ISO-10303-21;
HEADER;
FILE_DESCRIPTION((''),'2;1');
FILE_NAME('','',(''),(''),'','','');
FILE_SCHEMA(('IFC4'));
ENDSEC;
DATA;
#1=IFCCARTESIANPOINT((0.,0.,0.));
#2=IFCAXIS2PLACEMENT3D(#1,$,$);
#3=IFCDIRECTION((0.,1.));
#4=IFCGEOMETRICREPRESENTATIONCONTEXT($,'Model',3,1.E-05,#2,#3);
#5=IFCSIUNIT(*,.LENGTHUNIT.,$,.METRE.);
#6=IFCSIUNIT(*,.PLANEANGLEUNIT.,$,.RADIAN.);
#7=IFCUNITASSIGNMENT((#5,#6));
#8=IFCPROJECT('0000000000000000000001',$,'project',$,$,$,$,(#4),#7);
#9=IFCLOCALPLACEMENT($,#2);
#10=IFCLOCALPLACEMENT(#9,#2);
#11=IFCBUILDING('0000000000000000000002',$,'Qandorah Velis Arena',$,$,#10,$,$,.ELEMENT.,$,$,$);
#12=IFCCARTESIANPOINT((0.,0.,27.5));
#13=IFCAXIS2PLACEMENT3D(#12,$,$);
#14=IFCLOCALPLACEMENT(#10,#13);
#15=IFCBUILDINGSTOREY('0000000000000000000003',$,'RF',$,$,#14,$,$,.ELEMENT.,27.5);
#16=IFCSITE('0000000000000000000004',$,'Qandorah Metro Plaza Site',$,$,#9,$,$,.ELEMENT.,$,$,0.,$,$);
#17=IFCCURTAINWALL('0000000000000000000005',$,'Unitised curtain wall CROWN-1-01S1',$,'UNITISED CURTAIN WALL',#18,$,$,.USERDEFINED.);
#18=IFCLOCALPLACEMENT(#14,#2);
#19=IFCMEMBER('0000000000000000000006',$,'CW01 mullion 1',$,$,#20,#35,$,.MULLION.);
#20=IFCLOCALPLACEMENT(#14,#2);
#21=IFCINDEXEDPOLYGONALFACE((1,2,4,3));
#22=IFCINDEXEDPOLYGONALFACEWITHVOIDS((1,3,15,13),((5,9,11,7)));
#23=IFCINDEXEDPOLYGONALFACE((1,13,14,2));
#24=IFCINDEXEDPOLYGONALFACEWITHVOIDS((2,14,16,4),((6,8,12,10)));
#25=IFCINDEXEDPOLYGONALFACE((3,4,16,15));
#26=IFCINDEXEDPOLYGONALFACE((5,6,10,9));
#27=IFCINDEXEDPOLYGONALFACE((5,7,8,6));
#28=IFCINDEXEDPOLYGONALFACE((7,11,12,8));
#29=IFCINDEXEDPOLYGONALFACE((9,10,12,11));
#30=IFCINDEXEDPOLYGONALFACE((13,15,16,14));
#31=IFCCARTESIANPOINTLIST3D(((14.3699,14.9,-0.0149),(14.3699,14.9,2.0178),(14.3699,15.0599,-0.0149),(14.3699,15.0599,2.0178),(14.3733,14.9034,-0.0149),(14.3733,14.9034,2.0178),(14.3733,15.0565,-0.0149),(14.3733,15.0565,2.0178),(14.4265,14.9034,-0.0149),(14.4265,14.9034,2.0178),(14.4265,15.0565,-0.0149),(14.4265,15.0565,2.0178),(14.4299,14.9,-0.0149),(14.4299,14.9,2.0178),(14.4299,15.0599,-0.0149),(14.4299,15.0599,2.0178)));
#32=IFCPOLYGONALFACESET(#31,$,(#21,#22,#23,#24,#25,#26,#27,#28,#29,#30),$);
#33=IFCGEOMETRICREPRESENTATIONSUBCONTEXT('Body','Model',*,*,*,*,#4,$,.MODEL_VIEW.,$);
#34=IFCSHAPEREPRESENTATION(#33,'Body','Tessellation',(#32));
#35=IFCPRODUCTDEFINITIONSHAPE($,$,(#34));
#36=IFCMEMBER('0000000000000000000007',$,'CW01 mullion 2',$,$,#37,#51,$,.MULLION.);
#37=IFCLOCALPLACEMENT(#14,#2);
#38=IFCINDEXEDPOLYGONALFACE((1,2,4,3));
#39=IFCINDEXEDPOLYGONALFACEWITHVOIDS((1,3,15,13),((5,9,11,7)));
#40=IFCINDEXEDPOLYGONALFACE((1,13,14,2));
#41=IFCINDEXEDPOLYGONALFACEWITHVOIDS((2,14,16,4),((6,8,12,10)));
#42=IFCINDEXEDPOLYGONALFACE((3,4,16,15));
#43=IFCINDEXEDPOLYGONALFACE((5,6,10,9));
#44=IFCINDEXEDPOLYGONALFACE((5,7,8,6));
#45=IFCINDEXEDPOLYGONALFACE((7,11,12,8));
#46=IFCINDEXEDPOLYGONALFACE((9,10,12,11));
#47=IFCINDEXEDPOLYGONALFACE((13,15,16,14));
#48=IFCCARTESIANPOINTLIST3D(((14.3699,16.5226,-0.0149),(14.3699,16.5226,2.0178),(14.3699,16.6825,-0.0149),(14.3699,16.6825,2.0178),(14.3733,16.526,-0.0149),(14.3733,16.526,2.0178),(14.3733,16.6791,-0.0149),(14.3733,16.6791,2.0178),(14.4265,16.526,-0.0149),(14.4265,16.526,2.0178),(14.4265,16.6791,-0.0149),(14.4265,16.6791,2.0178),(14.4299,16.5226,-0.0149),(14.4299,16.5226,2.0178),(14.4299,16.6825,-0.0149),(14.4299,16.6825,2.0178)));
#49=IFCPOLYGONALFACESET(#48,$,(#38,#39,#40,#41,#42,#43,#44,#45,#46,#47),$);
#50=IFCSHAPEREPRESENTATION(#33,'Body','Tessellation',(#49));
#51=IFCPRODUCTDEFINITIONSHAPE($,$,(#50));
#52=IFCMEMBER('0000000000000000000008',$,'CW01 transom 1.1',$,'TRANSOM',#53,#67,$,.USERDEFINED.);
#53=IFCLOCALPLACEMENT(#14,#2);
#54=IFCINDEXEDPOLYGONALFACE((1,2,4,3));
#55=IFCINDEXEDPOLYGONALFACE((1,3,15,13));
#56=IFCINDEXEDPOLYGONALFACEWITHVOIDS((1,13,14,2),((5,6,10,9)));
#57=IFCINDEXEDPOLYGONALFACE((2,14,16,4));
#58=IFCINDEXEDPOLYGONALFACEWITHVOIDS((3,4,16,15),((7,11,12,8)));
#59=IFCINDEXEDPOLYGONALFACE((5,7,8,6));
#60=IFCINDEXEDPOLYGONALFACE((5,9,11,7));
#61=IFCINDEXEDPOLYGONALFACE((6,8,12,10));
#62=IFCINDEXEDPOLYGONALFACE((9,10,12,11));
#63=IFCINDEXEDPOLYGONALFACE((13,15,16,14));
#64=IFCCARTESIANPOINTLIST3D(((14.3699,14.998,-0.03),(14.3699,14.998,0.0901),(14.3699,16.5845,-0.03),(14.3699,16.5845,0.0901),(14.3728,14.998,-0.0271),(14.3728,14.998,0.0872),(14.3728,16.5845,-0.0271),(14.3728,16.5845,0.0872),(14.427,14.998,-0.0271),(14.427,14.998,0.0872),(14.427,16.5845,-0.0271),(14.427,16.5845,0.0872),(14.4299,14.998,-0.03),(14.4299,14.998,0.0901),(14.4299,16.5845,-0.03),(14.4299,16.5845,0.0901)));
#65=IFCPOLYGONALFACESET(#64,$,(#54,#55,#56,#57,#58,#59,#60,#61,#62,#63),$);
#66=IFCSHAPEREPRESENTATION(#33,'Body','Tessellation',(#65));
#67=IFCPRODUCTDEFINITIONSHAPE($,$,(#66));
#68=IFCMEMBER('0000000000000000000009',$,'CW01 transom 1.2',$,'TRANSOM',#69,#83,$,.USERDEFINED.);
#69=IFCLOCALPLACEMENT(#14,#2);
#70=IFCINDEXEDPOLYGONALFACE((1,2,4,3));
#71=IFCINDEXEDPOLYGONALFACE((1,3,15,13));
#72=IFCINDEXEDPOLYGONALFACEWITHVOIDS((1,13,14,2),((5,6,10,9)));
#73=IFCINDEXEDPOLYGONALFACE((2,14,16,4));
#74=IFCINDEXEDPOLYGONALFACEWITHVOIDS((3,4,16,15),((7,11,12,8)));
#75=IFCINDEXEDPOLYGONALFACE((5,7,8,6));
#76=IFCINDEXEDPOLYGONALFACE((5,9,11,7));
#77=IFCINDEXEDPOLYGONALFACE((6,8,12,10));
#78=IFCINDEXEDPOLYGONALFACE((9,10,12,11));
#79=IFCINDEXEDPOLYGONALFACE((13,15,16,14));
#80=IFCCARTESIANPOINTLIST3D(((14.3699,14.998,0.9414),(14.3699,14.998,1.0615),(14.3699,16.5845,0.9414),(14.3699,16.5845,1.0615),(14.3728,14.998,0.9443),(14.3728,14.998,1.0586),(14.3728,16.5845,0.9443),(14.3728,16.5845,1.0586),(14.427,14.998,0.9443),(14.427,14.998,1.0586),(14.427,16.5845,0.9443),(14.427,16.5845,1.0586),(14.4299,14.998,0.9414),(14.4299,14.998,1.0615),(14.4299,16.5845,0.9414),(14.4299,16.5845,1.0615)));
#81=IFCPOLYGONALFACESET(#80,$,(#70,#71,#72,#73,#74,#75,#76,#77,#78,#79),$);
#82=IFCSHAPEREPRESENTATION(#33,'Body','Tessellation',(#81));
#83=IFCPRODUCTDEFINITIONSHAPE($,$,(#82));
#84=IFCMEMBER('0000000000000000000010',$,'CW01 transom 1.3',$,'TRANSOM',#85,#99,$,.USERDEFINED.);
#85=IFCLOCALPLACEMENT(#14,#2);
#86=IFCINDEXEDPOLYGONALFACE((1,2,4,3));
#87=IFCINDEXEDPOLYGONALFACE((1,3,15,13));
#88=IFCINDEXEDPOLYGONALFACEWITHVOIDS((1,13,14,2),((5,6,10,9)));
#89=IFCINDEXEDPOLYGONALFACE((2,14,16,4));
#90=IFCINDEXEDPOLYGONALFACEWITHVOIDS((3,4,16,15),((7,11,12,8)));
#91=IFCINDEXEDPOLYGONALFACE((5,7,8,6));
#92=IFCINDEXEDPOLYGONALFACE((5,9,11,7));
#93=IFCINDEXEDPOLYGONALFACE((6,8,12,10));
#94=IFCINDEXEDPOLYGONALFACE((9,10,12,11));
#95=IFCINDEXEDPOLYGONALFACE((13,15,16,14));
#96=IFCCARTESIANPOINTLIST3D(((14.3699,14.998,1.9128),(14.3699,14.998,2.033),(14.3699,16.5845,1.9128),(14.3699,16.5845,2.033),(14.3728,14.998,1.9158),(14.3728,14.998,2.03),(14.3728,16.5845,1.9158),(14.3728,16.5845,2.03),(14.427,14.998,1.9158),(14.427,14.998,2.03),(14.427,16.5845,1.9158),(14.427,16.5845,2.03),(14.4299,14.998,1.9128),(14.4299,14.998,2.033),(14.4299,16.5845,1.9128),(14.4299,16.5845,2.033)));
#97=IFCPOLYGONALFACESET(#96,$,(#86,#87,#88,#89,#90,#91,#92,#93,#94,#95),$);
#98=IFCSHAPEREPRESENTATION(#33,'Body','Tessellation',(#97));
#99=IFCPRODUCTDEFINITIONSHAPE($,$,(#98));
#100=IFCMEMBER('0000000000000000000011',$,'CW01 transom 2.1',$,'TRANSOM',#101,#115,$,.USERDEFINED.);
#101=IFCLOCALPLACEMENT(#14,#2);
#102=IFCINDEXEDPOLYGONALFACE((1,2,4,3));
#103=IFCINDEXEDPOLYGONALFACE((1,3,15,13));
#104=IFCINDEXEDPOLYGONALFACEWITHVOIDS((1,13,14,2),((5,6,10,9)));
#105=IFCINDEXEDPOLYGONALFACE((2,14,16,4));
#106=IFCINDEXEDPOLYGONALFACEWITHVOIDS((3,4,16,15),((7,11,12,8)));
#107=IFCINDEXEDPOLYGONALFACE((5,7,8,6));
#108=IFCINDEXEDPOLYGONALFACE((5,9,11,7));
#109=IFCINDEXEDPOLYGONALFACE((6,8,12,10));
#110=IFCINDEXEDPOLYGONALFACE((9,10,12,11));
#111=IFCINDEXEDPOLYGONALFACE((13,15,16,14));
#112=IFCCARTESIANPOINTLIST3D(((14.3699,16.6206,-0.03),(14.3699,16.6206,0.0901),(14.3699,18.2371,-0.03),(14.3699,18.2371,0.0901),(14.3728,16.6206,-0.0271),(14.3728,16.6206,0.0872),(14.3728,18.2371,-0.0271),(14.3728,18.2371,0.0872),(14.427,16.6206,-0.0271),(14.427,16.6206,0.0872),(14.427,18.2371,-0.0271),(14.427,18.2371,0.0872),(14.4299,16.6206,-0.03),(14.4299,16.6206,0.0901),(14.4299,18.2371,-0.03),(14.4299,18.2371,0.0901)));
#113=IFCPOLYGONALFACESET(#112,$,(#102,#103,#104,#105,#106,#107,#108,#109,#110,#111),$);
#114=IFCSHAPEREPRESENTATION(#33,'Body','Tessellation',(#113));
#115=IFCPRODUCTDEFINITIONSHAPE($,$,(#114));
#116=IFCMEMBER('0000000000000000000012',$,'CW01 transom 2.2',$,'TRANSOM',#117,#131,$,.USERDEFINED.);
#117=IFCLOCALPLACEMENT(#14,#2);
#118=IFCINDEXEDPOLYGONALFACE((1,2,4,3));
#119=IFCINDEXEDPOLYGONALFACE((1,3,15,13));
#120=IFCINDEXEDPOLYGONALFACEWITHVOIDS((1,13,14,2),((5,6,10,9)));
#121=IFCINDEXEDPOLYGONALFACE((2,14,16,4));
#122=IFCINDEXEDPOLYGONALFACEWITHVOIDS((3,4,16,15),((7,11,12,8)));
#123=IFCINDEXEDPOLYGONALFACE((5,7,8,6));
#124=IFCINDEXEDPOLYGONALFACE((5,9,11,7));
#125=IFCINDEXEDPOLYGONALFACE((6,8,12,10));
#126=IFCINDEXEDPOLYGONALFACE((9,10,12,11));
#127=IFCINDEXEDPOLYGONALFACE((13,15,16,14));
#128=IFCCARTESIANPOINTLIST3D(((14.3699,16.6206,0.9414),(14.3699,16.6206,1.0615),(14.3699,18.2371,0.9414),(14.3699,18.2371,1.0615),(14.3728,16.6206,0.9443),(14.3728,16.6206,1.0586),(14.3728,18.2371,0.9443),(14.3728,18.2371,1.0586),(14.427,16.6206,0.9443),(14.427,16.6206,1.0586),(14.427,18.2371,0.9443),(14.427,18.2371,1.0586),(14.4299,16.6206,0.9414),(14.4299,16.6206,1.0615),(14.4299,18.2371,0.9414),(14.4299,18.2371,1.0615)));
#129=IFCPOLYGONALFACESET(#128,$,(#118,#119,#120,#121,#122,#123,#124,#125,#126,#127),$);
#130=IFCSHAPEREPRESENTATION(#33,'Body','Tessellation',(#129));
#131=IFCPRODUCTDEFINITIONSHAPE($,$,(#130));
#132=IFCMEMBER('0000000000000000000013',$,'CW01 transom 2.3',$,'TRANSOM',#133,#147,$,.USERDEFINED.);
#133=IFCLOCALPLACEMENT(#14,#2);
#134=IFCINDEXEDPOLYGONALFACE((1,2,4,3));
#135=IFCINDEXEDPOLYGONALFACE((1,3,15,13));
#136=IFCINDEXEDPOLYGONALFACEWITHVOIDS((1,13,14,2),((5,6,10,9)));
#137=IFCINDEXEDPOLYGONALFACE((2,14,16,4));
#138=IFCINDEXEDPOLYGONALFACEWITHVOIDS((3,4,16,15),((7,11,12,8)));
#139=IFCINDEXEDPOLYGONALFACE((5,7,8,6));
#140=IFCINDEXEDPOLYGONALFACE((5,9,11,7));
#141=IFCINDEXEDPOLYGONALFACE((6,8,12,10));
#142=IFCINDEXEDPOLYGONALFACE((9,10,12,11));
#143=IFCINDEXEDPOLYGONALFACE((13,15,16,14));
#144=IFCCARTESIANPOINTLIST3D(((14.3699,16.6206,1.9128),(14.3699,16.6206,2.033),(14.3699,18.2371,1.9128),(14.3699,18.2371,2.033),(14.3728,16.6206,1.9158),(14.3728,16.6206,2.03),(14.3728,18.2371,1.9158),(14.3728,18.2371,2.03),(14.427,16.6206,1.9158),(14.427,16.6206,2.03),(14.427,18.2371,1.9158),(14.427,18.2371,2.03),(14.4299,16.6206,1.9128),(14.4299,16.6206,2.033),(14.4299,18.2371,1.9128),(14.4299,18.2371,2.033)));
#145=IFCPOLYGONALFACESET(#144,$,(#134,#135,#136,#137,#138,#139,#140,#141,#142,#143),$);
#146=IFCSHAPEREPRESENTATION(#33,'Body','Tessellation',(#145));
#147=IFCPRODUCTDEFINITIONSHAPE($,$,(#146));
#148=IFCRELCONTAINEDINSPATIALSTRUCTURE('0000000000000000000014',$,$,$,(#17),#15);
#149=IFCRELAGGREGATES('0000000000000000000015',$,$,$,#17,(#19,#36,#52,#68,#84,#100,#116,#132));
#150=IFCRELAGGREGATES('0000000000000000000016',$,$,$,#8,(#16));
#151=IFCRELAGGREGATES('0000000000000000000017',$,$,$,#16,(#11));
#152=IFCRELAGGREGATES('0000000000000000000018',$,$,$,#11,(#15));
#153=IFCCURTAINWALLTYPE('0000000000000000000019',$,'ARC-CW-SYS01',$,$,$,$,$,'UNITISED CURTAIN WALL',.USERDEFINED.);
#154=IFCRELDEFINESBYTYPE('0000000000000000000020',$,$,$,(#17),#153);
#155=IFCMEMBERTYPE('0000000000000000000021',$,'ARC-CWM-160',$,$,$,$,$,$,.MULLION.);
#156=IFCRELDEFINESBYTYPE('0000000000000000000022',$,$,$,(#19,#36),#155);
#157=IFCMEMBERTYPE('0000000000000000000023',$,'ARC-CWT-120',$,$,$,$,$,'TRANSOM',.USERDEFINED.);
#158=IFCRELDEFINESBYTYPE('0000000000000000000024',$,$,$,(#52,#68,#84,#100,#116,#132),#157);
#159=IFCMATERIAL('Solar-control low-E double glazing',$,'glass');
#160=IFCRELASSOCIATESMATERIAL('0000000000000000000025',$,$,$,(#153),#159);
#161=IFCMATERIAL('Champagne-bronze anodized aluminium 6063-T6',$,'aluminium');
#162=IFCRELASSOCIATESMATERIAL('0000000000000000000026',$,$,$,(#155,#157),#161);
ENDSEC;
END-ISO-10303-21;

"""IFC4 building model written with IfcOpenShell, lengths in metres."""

from ifc_helpers import new_model, si_unit, direction, frame, origin, origin_2d, place, context, subcontext, project, spatial, hollow_rectangle, extrude, material, material_profile, profile_set, type_object, element, aggregate, save


model = new_model("IFC4")

# Units and contexts
model_context = context("Model", 3, precision=1e-05, world=origin(), true_north=direction((0.0, 1.0)))
body_context = subcontext(model_context, "Body", "Model", "MODEL_VIEW")
ifc_project = project(units=[si_unit("LENGTHUNIT", "METRE"), si_unit("PLANEANGLEUNIT", "RADIAN")], contexts=[model_context])

# Site, building, storey
site_placement = place(None, origin())
site = spatial("IfcSite", under=ifc_project, at=site_placement, Name="Qandorah Metro Plaza Site", CompositionType="ELEMENT", RefElevation=0.0)
building_placement = place(site_placement, origin())
building = spatial("IfcBuilding", under=site, at=building_placement, Name="Qandorah Velis Arena", CompositionType="ELEMENT")
storey_placement = place(building_placement, frame((0.0, 0.0, 27.5)))
storey = spatial("IfcBuildingStorey", under=building, at=storey_placement, Name="RF", CompositionType="ELEMENT", Elevation=27.5)

# Curtain wall, members
ifc_material_1 = material(Name="Solar-control low-E double glazing", Category="glass")
curtain_wall_type = type_object("IfcCurtainWallType", Name="ARC-CW-SYS01", ElementType="UNITISED CURTAIN WALL", PredefinedType="USERDEFINED", material=ifc_material_1)
curtain_wall_placement = place(storey_placement, origin())
curtain_wall = element("IfcCurtainWall", 1, at=curtain_wall_placement, inside=storey, type_object=curtain_wall_type, Name="Unitised curtain wall CROWN-1-01S1", ObjectType="UNITISED CURTAIN WALL", PredefinedType="USERDEFINED")
ifc_material_2 = material(Name="Champagne-bronze anodized aluminium 6063-T6", Category="aluminium")
ifc_material_profile_1 = material_profile(ifc_material_2, hollow_rectangle(XDim=0.0601, YDim=0.1599, WallThickness=0.0034, at=origin_2d()), Name="ALU MULLION 60x160")
ifc_profile_set_1 = profile_set([ifc_material_profile_1], Name="Champagne-bronze anodized aluminium 6063-T6")
member_type_1 = type_object("IfcMemberType", Name="ARC-CWM-160", PredefinedType="MULLION", material=ifc_profile_set_1)
member_1_placement = place(storey_placement, frame((14.3999, 14.98, -0.0149), z_axis=(0.0, 0.0, 1.0), x_axis=(-1.0, 0.0, 0.0)))
member_1 = element("IfcMember", 2, at=member_1_placement, type_object=member_type_1, Name="CW01 mullion 1", PredefinedType="MULLION", context=body_context, shape_type="SweptSolid", body=[
    extrude(hollow_rectangle(XDim=0.0601, YDim=0.1599, WallThickness=0.0034, at=origin_2d()), origin(), (0.0, 0.0, 1.0), 2.0327),
])
member_2_placement = place(storey_placement, frame((14.3999, 16.6025, -0.0149), z_axis=(0.0, 0.0, 1.0), x_axis=(-1.0, 0.0, 0.0)))
member_2 = element("IfcMember", 3, at=member_2_placement, type_object=member_type_1, Name="CW01 mullion 2", PredefinedType="MULLION", context=body_context, shape_type="SweptSolid", body=[
    extrude(hollow_rectangle(XDim=0.0601, YDim=0.1599, WallThickness=0.0034, at=origin_2d()), origin(), (0.0, 0.0, 1.0), 2.0327),
])
ifc_material_profile_2 = material_profile(ifc_material_2, hollow_rectangle(XDim=0.0601, YDim=0.1201, WallThickness=0.0029, at=origin_2d()), Name="ALU TRANSOM 60x120")
ifc_profile_set_2 = profile_set([ifc_material_profile_2], Name="Champagne-bronze anodized aluminium 6063-T6")
member_type_2 = type_object("IfcMemberType", Name="ARC-CWT-120", ElementType="TRANSOM", PredefinedType="USERDEFINED", material=ifc_profile_set_2)
member_3_placement = place(storey_placement, frame((14.3999, 14.998, 0.03), z_axis=(0.0, 1.0, 0.0), x_axis=(-1.0, 0.0, 0.0)))
member_3 = element("IfcMember", 4, at=member_3_placement, type_object=member_type_2, Name="CW01 transom 1.1", ObjectType="TRANSOM", PredefinedType="USERDEFINED", context=body_context, shape_type="SweptSolid", body=[
    extrude(hollow_rectangle(XDim=0.0601, YDim=0.1201, WallThickness=0.0029, at=origin_2d()), origin(), (0.0, 0.0, 1.0), 1.5864),
])
member_4_placement = place(storey_placement, frame((14.3999, 14.998, 1.0015), z_axis=(0.0, 1.0, 0.0), x_axis=(-1.0, 0.0, 0.0)))
member_4 = element("IfcMember", 5, at=member_4_placement, type_object=member_type_2, Name="CW01 transom 1.2", ObjectType="TRANSOM", PredefinedType="USERDEFINED", context=body_context, shape_type="SweptSolid", body=[
    extrude(hollow_rectangle(XDim=0.0601, YDim=0.1201, WallThickness=0.0029, at=origin_2d()), origin(), (0.0, 0.0, 1.0), 1.5864),
])
member_5_placement = place(storey_placement, frame((14.3999, 14.998, 1.9729), z_axis=(0.0, 1.0, 0.0), x_axis=(-1.0, 0.0, 0.0)))
member_5 = element("IfcMember", 6, at=member_5_placement, type_object=member_type_2, Name="CW01 transom 1.3", ObjectType="TRANSOM", PredefinedType="USERDEFINED", context=body_context, shape_type="SweptSolid", body=[
    extrude(hollow_rectangle(XDim=0.0601, YDim=0.1201, WallThickness=0.0029, at=origin_2d()), origin(), (0.0, 0.0, 1.0), 1.5864),
])
member_6_placement = place(storey_placement, frame((14.3999, 16.6206, 0.03), z_axis=(0.0, 1.0, 0.0), x_axis=(-1.0, 0.0, 0.0)))
member_6 = element("IfcMember", 7, at=member_6_placement, type_object=member_type_2, Name="CW01 transom 2.1", ObjectType="TRANSOM", PredefinedType="USERDEFINED", context=body_context, shape_type="SweptSolid", body=[
    extrude(hollow_rectangle(XDim=0.0601, YDim=0.1201, WallThickness=0.0029, at=origin_2d()), origin(), (0.0, 0.0, 1.0), 1.6165),
])
member_7_placement = place(storey_placement, frame((14.3999, 16.6206, 1.0015), z_axis=(0.0, 1.0, 0.0), x_axis=(-1.0, 0.0, 0.0)))
member_7 = element("IfcMember", 8, at=member_7_placement, type_object=member_type_2, Name="CW01 transom 2.2", ObjectType="TRANSOM", PredefinedType="USERDEFINED", context=body_context, shape_type="SweptSolid", body=[
    extrude(hollow_rectangle(XDim=0.0601, YDim=0.1201, WallThickness=0.0029, at=origin_2d()), origin(), (0.0, 0.0, 1.0), 1.6165),
])
member_8_placement = place(storey_placement, frame((14.3999, 16.6206, 1.9729), z_axis=(0.0, 1.0, 0.0), x_axis=(-1.0, 0.0, 0.0)))
member_8 = element("IfcMember", 9, at=member_8_placement, type_object=member_type_2, Name="CW01 transom 2.3", ObjectType="TRANSOM", PredefinedType="USERDEFINED", context=body_context, shape_type="SweptSolid", body=[
    extrude(hollow_rectangle(XDim=0.0601, YDim=0.1201, WallThickness=0.0029, at=origin_2d()), origin(), (0.0, 0.0, 1.0), 1.6165),
])

aggregate(curtain_wall, [member_1, member_2, member_3, member_4, member_5, member_6, member_7, member_8])

save(model, "model.ifc")
